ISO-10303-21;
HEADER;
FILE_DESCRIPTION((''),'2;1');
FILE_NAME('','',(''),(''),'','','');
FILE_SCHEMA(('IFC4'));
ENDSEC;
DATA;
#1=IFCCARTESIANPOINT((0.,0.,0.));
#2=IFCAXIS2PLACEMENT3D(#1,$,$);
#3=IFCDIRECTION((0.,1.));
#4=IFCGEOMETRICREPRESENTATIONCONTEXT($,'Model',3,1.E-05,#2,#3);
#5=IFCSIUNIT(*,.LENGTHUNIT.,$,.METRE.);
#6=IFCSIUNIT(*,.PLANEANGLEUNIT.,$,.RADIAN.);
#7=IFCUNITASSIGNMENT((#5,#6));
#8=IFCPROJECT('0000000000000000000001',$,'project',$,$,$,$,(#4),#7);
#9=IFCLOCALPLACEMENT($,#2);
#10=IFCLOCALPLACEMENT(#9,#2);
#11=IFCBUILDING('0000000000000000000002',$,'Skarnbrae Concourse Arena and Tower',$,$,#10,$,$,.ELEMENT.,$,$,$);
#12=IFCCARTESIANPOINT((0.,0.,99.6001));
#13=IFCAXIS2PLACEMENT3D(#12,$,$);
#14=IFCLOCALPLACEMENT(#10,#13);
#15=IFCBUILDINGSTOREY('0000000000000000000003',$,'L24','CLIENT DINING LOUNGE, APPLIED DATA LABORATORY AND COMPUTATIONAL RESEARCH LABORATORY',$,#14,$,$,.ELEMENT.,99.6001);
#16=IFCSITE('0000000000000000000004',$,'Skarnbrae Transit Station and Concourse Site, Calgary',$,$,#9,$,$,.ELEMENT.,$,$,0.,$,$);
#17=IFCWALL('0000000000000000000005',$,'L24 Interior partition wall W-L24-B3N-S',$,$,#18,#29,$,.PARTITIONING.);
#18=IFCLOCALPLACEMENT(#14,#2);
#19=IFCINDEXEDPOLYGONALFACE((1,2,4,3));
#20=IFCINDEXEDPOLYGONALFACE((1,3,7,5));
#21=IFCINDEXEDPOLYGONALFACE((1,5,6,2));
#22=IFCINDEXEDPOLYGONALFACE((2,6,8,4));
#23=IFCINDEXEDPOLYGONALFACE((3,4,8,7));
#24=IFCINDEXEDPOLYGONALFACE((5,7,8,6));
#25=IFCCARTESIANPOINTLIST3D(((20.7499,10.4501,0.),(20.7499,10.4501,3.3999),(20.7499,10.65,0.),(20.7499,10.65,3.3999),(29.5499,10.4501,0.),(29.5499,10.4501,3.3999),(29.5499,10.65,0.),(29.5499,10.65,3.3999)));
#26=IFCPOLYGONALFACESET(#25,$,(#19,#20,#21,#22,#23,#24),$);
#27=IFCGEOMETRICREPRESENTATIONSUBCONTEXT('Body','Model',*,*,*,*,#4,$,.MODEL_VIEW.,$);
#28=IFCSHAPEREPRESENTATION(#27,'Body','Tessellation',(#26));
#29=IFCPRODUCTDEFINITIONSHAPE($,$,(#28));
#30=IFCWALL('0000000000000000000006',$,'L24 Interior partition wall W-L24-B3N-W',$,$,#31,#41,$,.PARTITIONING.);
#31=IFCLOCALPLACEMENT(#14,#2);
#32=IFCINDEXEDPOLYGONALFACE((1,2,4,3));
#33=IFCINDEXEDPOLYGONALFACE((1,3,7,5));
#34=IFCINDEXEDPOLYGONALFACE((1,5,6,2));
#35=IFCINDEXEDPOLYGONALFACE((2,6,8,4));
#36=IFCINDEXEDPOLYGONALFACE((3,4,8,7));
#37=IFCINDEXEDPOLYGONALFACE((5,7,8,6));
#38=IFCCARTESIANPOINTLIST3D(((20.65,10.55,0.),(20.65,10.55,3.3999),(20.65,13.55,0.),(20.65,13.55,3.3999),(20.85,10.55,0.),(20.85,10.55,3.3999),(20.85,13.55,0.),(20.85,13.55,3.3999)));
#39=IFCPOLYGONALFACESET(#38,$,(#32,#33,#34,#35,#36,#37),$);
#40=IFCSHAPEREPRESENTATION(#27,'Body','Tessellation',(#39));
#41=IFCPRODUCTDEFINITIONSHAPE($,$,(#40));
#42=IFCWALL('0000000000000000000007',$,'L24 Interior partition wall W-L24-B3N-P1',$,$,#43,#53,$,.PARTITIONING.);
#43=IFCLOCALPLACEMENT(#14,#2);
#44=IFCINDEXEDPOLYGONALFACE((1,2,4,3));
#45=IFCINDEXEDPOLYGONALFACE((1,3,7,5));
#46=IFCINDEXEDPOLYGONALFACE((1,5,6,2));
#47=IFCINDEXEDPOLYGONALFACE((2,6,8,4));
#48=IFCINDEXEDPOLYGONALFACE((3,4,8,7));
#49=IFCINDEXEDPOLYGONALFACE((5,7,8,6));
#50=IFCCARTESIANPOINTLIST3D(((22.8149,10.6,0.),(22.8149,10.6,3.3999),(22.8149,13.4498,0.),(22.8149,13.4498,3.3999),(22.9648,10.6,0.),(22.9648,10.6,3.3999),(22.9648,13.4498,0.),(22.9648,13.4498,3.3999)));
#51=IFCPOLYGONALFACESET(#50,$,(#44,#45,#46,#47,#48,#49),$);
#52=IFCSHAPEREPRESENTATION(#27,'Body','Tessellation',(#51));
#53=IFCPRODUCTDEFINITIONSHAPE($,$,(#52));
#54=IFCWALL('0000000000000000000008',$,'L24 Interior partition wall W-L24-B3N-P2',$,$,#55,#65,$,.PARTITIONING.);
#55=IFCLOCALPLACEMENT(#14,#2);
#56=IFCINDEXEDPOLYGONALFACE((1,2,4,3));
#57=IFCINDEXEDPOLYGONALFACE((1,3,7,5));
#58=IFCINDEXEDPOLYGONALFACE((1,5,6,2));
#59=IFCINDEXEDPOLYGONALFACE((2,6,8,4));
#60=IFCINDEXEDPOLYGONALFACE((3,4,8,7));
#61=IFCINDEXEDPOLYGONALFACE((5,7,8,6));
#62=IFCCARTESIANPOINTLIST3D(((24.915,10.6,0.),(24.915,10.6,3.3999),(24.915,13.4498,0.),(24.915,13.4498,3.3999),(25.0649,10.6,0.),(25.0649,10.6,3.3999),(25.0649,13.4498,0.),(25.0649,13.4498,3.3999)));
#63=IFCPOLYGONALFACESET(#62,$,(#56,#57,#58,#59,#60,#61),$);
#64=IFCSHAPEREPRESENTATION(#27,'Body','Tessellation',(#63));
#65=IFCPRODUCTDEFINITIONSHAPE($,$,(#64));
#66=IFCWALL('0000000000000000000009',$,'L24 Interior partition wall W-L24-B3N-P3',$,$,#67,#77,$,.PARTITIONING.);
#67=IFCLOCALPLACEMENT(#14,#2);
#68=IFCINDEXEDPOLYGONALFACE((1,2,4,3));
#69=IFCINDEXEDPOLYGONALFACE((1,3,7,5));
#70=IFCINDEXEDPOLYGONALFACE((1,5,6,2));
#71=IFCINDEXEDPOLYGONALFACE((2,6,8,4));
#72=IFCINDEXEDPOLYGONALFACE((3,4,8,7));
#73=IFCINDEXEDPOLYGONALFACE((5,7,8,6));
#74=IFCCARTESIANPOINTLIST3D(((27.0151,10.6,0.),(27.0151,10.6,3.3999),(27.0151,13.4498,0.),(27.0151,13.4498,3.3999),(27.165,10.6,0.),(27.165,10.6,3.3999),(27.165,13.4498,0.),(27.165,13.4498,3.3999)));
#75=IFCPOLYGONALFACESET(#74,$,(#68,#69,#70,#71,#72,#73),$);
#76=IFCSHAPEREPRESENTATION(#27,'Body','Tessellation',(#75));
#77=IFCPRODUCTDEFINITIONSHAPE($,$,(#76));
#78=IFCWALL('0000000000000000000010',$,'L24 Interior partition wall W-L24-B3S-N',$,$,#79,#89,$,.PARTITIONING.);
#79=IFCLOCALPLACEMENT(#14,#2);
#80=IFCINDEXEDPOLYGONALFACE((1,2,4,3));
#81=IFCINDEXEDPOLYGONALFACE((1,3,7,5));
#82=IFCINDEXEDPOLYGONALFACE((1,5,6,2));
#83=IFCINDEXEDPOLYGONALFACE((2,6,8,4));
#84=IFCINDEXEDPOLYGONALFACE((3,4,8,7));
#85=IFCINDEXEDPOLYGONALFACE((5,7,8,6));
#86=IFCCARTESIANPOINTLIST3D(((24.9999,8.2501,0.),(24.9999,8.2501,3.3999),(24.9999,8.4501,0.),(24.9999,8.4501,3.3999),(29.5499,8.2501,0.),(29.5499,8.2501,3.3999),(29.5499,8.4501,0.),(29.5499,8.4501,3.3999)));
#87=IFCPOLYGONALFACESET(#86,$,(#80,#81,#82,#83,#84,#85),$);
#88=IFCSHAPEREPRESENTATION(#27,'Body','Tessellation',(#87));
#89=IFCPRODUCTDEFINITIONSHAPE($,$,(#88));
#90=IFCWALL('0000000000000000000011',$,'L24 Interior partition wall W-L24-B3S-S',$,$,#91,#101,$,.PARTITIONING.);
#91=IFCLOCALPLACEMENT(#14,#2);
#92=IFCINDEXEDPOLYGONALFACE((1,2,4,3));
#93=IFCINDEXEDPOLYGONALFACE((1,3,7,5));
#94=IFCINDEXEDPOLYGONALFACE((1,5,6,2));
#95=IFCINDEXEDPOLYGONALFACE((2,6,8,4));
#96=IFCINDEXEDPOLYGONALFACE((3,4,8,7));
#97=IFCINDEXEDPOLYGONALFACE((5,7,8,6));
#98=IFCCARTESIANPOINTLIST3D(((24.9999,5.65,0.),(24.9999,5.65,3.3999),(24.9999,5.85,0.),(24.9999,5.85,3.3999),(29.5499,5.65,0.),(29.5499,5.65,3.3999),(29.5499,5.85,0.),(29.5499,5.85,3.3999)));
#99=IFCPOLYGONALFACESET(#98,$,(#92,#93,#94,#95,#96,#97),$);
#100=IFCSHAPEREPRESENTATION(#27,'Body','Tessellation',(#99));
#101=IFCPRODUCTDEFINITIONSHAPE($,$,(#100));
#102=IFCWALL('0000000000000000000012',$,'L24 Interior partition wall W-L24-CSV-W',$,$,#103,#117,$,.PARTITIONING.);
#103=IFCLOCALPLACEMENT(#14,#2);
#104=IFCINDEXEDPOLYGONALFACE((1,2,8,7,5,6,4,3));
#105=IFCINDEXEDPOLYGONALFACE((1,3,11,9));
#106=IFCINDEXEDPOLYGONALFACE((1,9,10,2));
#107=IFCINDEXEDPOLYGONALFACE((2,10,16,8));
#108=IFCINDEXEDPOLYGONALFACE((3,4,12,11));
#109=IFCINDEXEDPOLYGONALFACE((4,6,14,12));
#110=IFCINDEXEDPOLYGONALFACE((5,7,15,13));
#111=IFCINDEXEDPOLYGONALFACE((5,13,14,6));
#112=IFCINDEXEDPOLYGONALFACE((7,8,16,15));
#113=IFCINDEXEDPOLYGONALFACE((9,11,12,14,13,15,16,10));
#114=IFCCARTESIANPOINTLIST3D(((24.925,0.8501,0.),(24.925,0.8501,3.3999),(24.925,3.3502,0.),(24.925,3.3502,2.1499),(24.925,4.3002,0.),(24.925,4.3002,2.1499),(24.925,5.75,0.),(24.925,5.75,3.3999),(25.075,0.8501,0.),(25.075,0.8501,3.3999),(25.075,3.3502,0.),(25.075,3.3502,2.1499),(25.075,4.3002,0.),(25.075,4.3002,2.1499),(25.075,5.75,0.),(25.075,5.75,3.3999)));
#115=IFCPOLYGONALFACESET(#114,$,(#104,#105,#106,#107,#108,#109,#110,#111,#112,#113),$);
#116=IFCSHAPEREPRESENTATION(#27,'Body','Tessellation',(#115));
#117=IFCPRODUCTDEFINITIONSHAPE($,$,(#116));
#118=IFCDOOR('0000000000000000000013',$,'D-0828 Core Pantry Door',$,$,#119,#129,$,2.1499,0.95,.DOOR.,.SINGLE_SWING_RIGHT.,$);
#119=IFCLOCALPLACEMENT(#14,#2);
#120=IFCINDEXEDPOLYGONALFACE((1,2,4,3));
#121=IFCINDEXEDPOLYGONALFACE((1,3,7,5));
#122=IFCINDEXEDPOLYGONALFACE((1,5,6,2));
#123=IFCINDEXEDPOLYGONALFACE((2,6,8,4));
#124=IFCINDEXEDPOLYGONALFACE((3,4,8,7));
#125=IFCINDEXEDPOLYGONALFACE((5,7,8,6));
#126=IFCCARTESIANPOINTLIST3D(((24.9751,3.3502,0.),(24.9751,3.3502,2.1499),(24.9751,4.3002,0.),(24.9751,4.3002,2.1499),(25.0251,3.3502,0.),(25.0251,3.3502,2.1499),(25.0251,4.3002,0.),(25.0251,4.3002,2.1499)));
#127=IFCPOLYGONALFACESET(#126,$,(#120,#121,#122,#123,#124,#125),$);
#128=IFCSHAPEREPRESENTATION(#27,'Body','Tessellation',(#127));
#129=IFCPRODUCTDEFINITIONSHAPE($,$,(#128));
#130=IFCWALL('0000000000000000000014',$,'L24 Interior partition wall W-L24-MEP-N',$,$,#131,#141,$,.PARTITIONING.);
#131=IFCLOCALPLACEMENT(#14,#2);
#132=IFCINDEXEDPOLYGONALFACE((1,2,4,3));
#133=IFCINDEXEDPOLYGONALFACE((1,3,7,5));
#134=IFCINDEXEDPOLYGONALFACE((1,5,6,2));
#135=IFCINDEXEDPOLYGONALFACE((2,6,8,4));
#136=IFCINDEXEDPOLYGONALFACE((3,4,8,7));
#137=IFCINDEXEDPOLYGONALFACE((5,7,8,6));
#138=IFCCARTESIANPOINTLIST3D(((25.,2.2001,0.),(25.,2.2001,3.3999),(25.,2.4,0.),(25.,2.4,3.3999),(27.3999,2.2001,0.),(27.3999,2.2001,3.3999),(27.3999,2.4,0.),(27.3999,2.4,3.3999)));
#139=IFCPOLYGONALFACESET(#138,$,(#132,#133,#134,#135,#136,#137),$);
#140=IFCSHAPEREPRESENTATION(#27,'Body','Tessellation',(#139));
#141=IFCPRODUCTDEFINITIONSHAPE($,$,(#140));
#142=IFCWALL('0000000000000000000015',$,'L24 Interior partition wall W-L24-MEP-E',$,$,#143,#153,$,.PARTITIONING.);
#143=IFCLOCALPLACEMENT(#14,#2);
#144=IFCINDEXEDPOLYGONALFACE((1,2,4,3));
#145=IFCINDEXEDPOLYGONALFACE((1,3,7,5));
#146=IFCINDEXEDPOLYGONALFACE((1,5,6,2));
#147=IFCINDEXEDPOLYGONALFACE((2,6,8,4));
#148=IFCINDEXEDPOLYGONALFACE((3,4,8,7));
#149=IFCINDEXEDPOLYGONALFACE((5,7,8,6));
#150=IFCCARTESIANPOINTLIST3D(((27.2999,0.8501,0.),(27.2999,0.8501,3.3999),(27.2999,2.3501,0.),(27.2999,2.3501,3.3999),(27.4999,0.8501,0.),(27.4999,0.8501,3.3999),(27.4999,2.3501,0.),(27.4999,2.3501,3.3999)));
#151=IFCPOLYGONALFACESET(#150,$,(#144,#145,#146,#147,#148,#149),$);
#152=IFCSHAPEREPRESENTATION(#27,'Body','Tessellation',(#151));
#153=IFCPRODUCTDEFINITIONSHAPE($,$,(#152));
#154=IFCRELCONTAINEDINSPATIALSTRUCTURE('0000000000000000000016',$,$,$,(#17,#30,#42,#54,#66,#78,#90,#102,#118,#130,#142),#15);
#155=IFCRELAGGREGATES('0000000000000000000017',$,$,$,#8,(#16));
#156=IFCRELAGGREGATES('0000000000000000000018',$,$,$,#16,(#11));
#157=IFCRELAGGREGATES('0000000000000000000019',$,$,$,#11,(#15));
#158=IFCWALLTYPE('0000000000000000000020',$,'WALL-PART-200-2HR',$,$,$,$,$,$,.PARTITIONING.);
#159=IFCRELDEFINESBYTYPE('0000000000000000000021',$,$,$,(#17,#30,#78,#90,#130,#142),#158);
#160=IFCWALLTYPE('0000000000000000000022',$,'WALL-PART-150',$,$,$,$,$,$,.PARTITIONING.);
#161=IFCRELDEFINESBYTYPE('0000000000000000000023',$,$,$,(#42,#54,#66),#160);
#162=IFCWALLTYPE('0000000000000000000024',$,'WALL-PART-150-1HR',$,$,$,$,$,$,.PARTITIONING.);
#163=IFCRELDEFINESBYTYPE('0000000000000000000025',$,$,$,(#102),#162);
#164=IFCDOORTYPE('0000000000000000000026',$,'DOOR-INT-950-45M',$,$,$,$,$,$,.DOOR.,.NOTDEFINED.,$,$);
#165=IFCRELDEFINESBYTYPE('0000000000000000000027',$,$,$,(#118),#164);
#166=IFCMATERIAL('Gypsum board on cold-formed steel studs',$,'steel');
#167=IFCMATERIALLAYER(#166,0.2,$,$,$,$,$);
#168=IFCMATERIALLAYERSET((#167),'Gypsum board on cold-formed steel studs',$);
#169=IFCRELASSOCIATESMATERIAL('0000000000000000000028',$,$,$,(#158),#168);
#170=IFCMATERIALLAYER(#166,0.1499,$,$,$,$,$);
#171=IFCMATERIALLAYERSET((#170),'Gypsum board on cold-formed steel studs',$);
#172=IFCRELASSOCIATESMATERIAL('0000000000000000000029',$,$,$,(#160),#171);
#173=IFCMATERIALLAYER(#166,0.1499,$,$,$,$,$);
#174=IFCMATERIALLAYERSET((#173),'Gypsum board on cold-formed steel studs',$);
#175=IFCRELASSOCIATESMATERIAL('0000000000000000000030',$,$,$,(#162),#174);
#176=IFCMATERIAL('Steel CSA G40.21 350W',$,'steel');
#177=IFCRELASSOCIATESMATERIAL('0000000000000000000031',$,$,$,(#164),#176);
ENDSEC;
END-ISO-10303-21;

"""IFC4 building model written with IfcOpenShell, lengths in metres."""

from ifc_helpers import new_model, si_unit, direction, frame, frame_2d, origin, place, context, subcontext, project, spatial, rectangle, extrude, source, transform, mapped, material, layer, layer_set, type_object, element, fill, save


model = new_model("IFC4")

# Units and contexts
model_context = context("Model", 3, precision=1e-05, world=origin(), true_north=direction((0.0, 1.0)))
body_context = subcontext(model_context, "Body", "Model", "MODEL_VIEW")
ifc_project = project(units=[si_unit("LENGTHUNIT", "METRE"), si_unit("PLANEANGLEUNIT", "RADIAN")], contexts=[model_context])

# Site, building, storey
site_placement = place(None, origin())
site = spatial("IfcSite", under=ifc_project, at=site_placement, Name="Skarnbrae Transit Station and Concourse Site, Calgary", CompositionType="ELEMENT", RefElevation=0.0)
building_placement = place(site_placement, origin())
building = spatial("IfcBuilding", under=site, at=building_placement, Name="Skarnbrae Concourse Arena and Tower", CompositionType="ELEMENT")
storey_placement = place(building_placement, frame((0.0, 0.0, 99.6001)))
storey = spatial("IfcBuildingStorey", under=building, at=storey_placement, Name="L24", Description="CLIENT DINING LOUNGE, APPLIED DATA LABORATORY AND COMPUTATIONAL RESEARCH LABORATORY", CompositionType="ELEMENT", Elevation=99.6001)

# Shared definitions
ifc_material_1 = material(Name="Steel CSA G40.21 350W", Category="steel")

# Walls
ifc_material_2 = material(Name="Gypsum board on cold-formed steel studs", Category="steel")
ifc_layer_1 = layer(ifc_material_2, 0.2)
ifc_layer_set_1 = layer_set([ifc_layer_1], Name="Gypsum board on cold-formed steel studs")
wall_type_1 = type_object("IfcWallType", Name="WALL-PART-200-2HR", PredefinedType="PARTITIONING", material=ifc_layer_set_1)
ifc_layer_2 = layer(ifc_material_2, 0.1499)
ifc_layer_set_2 = layer_set([ifc_layer_2], Name="Gypsum board on cold-formed steel studs")
wall_type_2 = type_object("IfcWallType", Name="WALL-PART-150", PredefinedType="PARTITIONING", material=ifc_layer_set_2)
shared_shape_1 = source(origin(), body_context, "Body", "SweptSolid", [
    extrude(rectangle(XDim=8.8, YDim=0.2, at=frame_2d((4.3999, 0.0))), origin(), (0.0, 0.0, 1.0), 3.3999),
])
wall_1_placement = place(storey_placement, frame((20.75, 10.55, 0.0), z_axis=(0.0, 0.0, 1.0), x_axis=(1.0, 0.0, 0.0)))
element("IfcWall", 1, at=wall_1_placement, inside=storey, type_object=wall_type_1, Name="L24 Interior partition wall W-L24-B3N-S", PredefinedType="PARTITIONING", context=body_context, shape_type="MappedRepresentation", body=[
    mapped(shared_shape_1, transform((0.0, 0.0, 0.0))),
])
shared_shape_2 = source(origin(), body_context, "Body", "SweptSolid", [
    extrude(rectangle(XDim=3.0, YDim=0.2, at=frame_2d((1.5, 0.0))), origin(), (0.0, 0.0, 1.0), 3.3999),
])
wall_2_placement = place(storey_placement, frame((20.75, 10.55, 0.0), z_axis=(0.0, 0.0, 1.0), x_axis=(0.0, 1.0, 0.0)))
element("IfcWall", 2, at=wall_2_placement, inside=storey, type_object=wall_type_1, Name="L24 Interior partition wall W-L24-B3N-W", PredefinedType="PARTITIONING", context=body_context, shape_type="MappedRepresentation", body=[
    mapped(shared_shape_2, transform((0.0, 0.0, 0.0))),
])
shared_shape_3 = source(origin(), body_context, "Body", "SweptSolid", [
    extrude(rectangle(XDim=2.8499, YDim=0.1499, at=frame_2d((1.4248, 0.0))), origin(), (0.0, 0.0, 1.0), 3.3999),
])
for number, where, z_axis, x_axis, name in (
    (3, (22.8899, 10.6001, 0.0), (0.0, 0.0, 1.0), (0.0, 1.0, 0.0), "L24 Interior partition wall W-L24-B3N-P1"),
    (4, (24.99, 10.6001, 0.0), (0.0, 0.0, 1.0), (0.0, 1.0, 0.0), "L24 Interior partition wall W-L24-B3N-P2"),
    (5, (27.0901, 10.6001, 0.0), (0.0, 0.0, 1.0), (0.0, 1.0, 0.0), "L24 Interior partition wall W-L24-B3N-P3"),
):
    element("IfcWall", number, at=place(storey_placement, frame(where, z_axis=z_axis, x_axis=x_axis)), inside=storey, type_object=wall_type_2, Name=name, PredefinedType="PARTITIONING", context=body_context, shape_type="MappedRepresentation", body=[
        mapped(shared_shape_3, transform((0.0, 0.0, 0.0))),
    ])
shared_shape_4 = source(origin(), body_context, "Body", "SweptSolid", [
    extrude(rectangle(XDim=4.55, YDim=0.2, at=frame_2d((2.2749, 0.0))), origin(), (0.0, 0.0, 1.0), 3.3999),
])
for number, where, z_axis, x_axis, name in (
    (6, (25.0, 8.3501, 0.0), (0.0, 0.0, 1.0), (1.0, 0.0, 0.0), "L24 Interior partition wall W-L24-B3S-N"),
    (7, (25.0, 5.75, 0.0), (0.0, 0.0, 1.0), (1.0, 0.0, 0.0), "L24 Interior partition wall W-L24-B3S-S"),
):
    element("IfcWall", number, at=place(storey_placement, frame(where, z_axis=z_axis, x_axis=x_axis)), inside=storey, type_object=wall_type_1, Name=name, PredefinedType="PARTITIONING", context=body_context, shape_type="MappedRepresentation", body=[
        mapped(shared_shape_4, transform((0.0, 0.0, 0.0))),
    ])

# Wall, opening, door
ifc_layer_3 = layer(ifc_material_2, 0.1499)
ifc_layer_set_3 = layer_set([ifc_layer_3], Name="Gypsum board on cold-formed steel studs")
wall_type_3 = type_object("IfcWallType", Name="WALL-PART-150-1HR", PredefinedType="PARTITIONING", material=ifc_layer_set_3)
shared_shape_5 = source(origin(), body_context, "Body", "SweptSolid", [
    extrude(rectangle(XDim=4.8999, YDim=0.1499, at=frame_2d((2.45, 0.0))), origin(), (0.0, 0.0, 1.0), 3.3999),
])
wall_3_placement = place(storey_placement, frame((25.0, 0.8501, 0.0), z_axis=(0.0, 0.0, 1.0), x_axis=(0.0, 1.0, 0.0)))
wall_3 = element("IfcWall", 8, at=wall_3_placement, inside=storey, type_object=wall_type_3, Name="L24 Interior partition wall W-L24-CSV-W", PredefinedType="PARTITIONING", context=body_context, shape_type="MappedRepresentation", body=[
    mapped(shared_shape_5, transform((0.0, 0.0, 0.0))),
])
opening_1_placement = place(wall_3_placement, frame((2.5, 0.0, 0.0)))
opening_1 = element("IfcOpeningElement", 9, at=opening_1_placement, cuts=wall_3, PredefinedType="OPENING", context=body_context, shape_type="SweptSolid", body=[
    extrude(rectangle(XDim=0.95, YDim=2.1499, at=frame_2d((0.4751, 1.075))), frame((0.0, 0.085, 0.0), z_axis=(0.0, -1.0, 0.0), x_axis=(1.0, 0.0, 0.0)), (0.0, 0.0, 1.0), 0.1699),
])
door_type_1 = type_object("IfcDoorType", Name="DOOR-INT-950-45M", OperationType="NOTDEFINED", PredefinedType="DOOR", material=ifc_material_1)
shared_shape_6 = source(origin(), body_context, "Body", "SweptSolid", [
    extrude(rectangle(XDim=0.95, YDim=2.1499, at=frame_2d((0.4751, 1.075))), frame((0.0, 0.0249, 0.0), z_axis=(0.0, -1.0, 0.0), x_axis=(1.0, 0.0, 0.0)), (0.0, 0.0, 1.0), 0.05),
])
door_1_placement = place(opening_1_placement, origin())
door_1 = element("IfcDoor", 10, at=door_1_placement, inside=storey, type_object=door_type_1, Name="D-0828 Core Pantry Door", OperationType="SINGLE_SWING_RIGHT", OverallHeight=2.1499, OverallWidth=0.95, PredefinedType="DOOR", context=body_context, shape_type="MappedRepresentation", body=[
    mapped(shared_shape_6, transform((0.0, 0.0, 0.0))),
])
fill(opening_1, door_1)

# Walls
shared_shape_7 = source(origin(), body_context, "Body", "SweptSolid", [
    extrude(rectangle(XDim=2.3999, YDim=0.2, at=frame_2d((1.2, 0.0))), origin(), (0.0, 0.0, 1.0), 3.3999),
])
wall_4_placement = place(storey_placement, frame((25.0, 2.3, 0.0), z_axis=(0.0, 0.0, 1.0), x_axis=(1.0, 0.0, 0.0)))
element("IfcWall", 11, at=wall_4_placement, inside=storey, type_object=wall_type_1, Name="L24 Interior partition wall W-L24-MEP-N", PredefinedType="PARTITIONING", context=body_context, shape_type="MappedRepresentation", body=[
    mapped(shared_shape_7, transform((0.0, 0.0, 0.0))),
])
shared_shape_8 = source(origin(), body_context, "Body", "SweptSolid", [
    extrude(rectangle(XDim=1.5, YDim=0.2, at=frame_2d((0.75, 0.0))), origin(), (0.0, 0.0, 1.0), 3.3999),
])
wall_5_placement = place(storey_placement, frame((27.3999, 0.8501, 0.0), z_axis=(0.0, 0.0, 1.0), x_axis=(0.0, 1.0, 0.0)))
element("IfcWall", 12, at=wall_5_placement, inside=storey, type_object=wall_type_1, Name="L24 Interior partition wall W-L24-MEP-E", PredefinedType="PARTITIONING", context=body_context, shape_type="MappedRepresentation", body=[
    mapped(shared_shape_8, transform((0.0, 0.0, 0.0))),
])

save(model, "model.ifc")
